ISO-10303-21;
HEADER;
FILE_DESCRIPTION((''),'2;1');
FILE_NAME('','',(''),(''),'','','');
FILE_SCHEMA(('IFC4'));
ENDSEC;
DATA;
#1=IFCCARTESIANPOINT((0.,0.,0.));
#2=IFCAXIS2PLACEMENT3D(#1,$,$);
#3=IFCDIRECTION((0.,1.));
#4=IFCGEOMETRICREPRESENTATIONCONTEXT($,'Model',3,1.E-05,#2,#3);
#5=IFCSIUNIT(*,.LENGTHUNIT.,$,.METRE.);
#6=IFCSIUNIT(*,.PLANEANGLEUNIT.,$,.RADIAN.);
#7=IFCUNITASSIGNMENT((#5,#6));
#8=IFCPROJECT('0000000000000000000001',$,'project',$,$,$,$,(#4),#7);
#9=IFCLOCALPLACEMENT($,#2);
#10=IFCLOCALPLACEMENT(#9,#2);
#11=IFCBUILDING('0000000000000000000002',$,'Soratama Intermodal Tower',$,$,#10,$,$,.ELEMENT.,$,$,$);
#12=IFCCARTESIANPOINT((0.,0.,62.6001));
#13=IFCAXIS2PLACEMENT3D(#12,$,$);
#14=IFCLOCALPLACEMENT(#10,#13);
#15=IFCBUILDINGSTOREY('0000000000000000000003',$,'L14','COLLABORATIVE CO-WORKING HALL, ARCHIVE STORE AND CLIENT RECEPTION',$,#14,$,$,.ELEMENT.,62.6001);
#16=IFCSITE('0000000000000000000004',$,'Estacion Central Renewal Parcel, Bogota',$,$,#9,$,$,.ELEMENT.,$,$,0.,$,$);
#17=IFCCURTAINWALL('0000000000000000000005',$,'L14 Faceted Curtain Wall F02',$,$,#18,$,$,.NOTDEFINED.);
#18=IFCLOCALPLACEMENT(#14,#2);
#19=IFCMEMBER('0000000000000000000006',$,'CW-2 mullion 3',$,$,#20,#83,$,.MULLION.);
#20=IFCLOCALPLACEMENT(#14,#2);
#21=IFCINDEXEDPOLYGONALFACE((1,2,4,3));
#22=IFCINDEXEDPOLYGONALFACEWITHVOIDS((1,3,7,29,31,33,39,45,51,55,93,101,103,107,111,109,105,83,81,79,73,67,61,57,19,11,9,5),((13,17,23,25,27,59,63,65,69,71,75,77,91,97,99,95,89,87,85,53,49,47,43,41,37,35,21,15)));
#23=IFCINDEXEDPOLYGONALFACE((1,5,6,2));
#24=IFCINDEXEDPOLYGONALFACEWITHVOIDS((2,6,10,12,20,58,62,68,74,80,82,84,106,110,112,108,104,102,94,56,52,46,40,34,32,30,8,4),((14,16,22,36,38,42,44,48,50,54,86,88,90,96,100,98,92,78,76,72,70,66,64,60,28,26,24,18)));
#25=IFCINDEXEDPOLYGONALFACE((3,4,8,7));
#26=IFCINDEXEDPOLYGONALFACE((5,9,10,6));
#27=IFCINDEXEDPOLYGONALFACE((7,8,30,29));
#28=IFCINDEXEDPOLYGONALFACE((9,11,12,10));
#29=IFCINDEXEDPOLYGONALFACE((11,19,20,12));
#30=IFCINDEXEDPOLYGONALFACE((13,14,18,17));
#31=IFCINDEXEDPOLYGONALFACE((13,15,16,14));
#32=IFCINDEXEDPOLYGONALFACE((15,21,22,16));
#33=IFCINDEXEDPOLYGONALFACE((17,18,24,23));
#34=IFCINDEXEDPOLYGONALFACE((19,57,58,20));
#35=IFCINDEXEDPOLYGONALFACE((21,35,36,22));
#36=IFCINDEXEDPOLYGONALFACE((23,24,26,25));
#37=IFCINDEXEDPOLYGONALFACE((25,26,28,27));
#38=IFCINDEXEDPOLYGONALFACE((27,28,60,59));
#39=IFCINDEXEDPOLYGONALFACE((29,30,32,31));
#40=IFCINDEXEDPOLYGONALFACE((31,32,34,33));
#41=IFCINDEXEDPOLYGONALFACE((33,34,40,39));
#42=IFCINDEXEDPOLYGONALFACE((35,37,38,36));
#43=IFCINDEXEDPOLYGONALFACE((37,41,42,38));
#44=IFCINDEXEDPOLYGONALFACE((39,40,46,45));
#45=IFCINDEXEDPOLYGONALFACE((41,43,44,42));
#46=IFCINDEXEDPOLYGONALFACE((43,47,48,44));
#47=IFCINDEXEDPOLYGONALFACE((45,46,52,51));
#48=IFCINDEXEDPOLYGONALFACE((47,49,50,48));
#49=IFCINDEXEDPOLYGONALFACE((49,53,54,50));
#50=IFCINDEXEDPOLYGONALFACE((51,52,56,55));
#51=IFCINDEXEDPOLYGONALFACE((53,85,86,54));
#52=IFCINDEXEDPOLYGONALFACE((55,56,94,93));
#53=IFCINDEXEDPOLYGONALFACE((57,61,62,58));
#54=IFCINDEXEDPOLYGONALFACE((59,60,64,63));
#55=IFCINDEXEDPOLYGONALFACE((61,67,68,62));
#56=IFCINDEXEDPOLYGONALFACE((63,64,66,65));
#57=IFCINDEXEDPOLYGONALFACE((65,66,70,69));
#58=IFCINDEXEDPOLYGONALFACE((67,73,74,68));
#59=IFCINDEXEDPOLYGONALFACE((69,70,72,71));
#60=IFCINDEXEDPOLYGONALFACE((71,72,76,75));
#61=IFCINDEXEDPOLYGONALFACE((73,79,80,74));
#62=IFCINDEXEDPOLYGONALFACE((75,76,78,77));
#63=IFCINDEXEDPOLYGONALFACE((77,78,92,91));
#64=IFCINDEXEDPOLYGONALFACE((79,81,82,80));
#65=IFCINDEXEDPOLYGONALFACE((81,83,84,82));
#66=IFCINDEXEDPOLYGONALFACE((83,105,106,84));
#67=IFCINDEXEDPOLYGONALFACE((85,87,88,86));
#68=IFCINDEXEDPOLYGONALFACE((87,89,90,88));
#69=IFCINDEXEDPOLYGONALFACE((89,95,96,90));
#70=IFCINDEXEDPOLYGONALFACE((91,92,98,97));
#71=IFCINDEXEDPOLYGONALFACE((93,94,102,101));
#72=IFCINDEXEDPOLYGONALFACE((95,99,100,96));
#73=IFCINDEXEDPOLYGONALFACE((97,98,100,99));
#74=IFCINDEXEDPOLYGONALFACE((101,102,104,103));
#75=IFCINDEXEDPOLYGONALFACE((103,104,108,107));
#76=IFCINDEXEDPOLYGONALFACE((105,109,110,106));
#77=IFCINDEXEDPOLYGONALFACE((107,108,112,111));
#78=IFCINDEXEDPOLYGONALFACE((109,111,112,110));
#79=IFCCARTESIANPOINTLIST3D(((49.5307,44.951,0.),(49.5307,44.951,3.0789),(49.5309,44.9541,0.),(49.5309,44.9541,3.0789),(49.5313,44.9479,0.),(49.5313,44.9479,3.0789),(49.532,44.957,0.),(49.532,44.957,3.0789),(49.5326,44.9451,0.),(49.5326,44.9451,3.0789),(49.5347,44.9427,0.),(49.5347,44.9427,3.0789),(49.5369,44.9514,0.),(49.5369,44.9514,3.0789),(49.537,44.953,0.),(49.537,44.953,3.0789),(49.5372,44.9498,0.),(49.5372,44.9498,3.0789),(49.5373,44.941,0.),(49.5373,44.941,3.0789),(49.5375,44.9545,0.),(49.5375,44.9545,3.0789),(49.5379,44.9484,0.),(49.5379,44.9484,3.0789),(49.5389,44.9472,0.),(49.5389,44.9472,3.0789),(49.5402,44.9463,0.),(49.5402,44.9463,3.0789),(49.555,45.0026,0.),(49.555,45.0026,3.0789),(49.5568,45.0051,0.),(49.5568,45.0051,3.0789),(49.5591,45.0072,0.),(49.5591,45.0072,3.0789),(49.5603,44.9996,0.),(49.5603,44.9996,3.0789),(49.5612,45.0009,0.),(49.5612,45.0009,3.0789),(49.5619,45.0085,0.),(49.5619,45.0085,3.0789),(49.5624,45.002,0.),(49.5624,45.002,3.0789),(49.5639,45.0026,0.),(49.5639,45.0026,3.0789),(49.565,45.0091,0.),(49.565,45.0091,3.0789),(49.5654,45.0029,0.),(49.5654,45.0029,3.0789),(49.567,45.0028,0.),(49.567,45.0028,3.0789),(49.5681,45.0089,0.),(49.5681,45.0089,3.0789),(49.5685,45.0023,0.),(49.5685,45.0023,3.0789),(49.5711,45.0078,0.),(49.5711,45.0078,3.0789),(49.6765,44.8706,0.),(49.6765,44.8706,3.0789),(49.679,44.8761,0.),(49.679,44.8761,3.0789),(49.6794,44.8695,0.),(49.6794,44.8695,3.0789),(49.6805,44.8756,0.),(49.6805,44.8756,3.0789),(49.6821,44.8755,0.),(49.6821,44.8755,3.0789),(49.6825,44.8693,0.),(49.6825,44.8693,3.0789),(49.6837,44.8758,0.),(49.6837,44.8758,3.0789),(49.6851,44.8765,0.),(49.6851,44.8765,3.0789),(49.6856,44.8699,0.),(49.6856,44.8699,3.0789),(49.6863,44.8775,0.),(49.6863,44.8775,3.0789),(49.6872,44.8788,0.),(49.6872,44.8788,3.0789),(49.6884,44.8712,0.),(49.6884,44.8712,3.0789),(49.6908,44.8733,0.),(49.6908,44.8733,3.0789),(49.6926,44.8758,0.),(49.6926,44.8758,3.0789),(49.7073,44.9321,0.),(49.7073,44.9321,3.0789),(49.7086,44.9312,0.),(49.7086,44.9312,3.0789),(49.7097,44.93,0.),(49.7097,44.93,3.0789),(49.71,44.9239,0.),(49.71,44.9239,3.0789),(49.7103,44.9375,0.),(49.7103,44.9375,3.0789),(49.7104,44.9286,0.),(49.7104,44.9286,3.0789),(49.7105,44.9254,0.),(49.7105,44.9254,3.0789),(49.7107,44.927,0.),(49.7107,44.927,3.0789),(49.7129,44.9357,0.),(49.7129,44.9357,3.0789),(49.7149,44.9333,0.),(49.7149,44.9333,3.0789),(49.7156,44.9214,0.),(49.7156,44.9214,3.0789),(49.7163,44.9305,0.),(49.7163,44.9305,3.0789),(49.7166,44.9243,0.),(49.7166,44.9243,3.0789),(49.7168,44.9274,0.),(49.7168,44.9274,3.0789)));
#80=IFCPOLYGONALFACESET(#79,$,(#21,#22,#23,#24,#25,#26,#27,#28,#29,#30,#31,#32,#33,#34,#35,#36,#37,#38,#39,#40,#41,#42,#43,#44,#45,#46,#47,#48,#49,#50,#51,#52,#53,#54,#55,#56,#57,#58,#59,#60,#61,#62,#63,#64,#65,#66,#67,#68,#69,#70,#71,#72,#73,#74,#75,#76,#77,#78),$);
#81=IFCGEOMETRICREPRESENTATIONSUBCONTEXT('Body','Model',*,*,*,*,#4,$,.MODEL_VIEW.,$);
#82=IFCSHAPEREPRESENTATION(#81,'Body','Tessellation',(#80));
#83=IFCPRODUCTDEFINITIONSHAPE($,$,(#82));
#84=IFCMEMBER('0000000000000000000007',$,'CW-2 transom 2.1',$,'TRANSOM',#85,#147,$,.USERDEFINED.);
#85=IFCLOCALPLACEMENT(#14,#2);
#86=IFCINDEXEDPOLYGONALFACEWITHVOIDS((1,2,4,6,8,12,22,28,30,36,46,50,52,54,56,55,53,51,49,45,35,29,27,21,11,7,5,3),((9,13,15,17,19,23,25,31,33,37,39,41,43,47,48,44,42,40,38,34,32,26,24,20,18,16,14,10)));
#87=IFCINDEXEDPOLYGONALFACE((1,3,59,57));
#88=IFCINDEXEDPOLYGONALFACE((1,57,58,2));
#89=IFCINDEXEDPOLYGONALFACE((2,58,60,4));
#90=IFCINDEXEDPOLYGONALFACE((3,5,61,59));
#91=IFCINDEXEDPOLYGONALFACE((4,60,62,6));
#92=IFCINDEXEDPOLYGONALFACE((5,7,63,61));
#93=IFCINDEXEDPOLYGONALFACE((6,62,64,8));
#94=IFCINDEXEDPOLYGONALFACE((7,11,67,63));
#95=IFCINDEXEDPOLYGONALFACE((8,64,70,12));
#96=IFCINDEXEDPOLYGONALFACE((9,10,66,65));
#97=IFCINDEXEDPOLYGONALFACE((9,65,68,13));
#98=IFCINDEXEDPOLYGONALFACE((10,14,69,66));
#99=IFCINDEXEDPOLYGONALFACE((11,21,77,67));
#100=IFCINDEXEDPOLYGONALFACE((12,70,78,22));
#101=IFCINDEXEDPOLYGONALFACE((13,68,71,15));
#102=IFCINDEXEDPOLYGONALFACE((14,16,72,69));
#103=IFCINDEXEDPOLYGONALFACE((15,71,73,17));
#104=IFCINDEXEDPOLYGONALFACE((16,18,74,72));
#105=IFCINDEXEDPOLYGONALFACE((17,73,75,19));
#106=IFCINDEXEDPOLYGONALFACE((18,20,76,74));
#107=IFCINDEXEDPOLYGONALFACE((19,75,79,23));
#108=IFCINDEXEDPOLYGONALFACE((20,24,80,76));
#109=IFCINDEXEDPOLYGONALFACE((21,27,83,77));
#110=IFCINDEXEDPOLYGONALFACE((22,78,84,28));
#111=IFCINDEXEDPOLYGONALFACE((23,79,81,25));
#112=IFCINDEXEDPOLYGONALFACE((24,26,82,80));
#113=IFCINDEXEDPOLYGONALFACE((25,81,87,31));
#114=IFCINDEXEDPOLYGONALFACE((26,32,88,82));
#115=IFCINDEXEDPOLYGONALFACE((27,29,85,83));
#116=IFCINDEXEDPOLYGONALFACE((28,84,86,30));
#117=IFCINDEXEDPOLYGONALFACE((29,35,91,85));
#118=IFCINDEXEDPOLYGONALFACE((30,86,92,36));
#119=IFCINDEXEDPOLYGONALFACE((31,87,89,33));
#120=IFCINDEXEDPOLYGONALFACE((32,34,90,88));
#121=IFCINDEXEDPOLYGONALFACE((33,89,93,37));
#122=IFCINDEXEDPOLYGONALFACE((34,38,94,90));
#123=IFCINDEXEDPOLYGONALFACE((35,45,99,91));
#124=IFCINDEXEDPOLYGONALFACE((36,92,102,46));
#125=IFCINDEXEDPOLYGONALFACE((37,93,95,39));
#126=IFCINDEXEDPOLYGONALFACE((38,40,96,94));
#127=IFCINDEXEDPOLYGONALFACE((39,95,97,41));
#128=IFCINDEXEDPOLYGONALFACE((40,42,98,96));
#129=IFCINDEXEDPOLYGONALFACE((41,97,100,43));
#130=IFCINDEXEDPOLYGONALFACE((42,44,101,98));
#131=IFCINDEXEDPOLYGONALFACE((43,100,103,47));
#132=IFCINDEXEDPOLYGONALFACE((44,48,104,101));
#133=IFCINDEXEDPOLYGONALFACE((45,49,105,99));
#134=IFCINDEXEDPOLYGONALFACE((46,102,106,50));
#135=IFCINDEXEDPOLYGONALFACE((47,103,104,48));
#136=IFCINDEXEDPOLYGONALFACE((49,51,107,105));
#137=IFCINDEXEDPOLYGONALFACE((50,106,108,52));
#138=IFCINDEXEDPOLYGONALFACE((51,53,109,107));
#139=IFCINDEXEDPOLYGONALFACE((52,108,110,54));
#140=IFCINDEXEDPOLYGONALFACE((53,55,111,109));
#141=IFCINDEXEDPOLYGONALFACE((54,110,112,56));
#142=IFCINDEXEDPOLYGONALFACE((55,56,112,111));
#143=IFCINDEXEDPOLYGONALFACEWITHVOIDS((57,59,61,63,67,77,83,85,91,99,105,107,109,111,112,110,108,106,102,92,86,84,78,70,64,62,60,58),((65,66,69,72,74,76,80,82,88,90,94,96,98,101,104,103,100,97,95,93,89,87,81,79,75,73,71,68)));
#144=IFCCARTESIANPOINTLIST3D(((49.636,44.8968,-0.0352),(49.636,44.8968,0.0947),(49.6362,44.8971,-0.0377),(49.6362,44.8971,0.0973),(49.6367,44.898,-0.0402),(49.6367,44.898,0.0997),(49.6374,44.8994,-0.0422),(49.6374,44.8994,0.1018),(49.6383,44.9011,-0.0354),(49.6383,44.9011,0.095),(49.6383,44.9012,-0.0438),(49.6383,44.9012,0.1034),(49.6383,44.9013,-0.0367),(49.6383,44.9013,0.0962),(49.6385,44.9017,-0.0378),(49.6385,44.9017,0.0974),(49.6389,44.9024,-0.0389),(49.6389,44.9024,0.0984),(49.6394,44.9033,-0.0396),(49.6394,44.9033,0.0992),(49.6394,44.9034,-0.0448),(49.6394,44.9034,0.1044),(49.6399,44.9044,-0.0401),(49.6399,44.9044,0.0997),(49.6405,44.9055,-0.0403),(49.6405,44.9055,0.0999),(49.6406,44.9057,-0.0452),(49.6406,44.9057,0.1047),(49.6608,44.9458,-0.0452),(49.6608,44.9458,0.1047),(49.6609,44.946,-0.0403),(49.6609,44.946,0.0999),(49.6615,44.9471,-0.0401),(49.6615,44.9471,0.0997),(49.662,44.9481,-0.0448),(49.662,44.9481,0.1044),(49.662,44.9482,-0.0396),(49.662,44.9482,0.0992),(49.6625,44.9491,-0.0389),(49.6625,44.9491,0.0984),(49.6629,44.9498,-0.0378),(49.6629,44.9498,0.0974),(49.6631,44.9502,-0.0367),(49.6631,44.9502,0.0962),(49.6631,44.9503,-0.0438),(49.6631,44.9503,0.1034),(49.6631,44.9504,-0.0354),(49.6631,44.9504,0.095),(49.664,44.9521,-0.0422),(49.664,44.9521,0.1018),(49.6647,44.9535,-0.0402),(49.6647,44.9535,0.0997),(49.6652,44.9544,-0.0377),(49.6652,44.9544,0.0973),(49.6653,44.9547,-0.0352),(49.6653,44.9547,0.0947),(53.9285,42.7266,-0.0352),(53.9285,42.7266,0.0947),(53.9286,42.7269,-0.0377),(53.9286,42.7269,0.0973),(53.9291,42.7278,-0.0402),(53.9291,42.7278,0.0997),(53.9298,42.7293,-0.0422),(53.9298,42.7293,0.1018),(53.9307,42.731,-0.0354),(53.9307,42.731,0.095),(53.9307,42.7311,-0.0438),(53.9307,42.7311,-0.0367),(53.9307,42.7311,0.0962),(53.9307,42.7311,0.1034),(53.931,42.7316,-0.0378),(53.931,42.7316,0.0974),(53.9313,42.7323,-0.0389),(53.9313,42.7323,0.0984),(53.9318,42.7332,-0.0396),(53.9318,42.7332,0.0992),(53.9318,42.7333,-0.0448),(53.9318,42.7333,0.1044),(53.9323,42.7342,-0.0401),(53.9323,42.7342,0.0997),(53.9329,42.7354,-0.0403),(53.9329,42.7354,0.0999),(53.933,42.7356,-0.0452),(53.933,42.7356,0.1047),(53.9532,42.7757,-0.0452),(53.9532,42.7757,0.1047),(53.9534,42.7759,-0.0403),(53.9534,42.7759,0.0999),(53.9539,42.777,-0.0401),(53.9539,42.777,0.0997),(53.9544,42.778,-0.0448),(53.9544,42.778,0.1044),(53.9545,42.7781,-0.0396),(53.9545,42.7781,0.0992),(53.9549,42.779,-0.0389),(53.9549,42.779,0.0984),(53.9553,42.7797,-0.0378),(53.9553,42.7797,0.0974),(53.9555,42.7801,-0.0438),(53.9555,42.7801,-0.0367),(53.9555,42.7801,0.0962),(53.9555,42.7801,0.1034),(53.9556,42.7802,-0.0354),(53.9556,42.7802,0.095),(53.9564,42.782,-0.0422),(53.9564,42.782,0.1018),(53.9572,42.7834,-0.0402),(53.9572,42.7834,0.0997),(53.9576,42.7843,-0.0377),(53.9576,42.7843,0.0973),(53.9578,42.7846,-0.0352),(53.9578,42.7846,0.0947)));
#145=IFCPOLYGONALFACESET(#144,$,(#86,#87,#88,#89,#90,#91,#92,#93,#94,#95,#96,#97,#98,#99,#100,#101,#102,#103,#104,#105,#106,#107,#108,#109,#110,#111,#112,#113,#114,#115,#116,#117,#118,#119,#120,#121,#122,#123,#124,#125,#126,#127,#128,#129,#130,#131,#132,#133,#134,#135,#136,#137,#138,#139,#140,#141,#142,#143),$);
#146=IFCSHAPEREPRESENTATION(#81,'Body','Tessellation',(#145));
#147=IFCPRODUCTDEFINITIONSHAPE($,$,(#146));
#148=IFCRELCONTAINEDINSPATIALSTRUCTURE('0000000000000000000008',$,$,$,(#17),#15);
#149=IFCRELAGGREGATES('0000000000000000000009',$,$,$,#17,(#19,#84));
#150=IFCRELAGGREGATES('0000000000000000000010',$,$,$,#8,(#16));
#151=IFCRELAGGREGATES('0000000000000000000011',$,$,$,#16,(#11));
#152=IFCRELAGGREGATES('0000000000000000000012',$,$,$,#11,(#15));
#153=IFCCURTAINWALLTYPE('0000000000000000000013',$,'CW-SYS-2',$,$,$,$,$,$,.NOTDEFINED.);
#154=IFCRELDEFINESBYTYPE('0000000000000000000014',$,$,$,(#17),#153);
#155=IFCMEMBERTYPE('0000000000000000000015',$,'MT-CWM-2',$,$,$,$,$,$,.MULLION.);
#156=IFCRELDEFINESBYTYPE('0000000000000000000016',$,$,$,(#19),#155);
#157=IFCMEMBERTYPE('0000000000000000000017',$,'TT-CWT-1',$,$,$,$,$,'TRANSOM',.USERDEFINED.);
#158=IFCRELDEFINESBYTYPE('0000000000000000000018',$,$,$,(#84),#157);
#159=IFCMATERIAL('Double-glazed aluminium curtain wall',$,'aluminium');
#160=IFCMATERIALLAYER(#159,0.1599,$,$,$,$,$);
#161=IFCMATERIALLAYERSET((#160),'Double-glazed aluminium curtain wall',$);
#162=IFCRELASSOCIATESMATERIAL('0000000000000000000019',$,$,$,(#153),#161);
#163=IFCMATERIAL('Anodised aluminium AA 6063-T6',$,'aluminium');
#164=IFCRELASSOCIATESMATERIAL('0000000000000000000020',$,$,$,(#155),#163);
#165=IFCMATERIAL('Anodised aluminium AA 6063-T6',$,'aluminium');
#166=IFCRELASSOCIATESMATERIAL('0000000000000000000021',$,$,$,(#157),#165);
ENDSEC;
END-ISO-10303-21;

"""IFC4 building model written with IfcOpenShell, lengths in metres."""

from ifc_helpers import new_model, si_unit, direction, frame, origin, origin_2d, place, context, subcontext, project, spatial, hollow_rectangle, extrude, material, layer, layer_set, material_profile, profile_set, type_object, element, aggregate, save


model = new_model("IFC4")

# Units and contexts
model_context = context("Model", 3, precision=1e-05, world=origin(), true_north=direction((0.0, 1.0)))
body_context = subcontext(model_context, "Body", "Model", "MODEL_VIEW")
ifc_project = project(units=[si_unit("LENGTHUNIT", "METRE"), si_unit("PLANEANGLEUNIT", "RADIAN")], contexts=[model_context])

# Site, building, storey
site_placement = place(None, origin())
site = spatial("IfcSite", under=ifc_project, at=site_placement, Name="Estacion Central Renewal Parcel, Bogota", CompositionType="ELEMENT", RefElevation=0.0)
building_placement = place(site_placement, origin())
building = spatial("IfcBuilding", under=site, at=building_placement, Name="Soratama Intermodal Tower", CompositionType="ELEMENT")
storey_placement = place(building_placement, frame((0.0, 0.0, 62.6001)))
storey = spatial("IfcBuildingStorey", under=building, at=storey_placement, Name="L14", Description="COLLABORATIVE CO-WORKING HALL, ARCHIVE STORE AND CLIENT RECEPTION", CompositionType="ELEMENT", Elevation=62.6001)

# Curtain wall, members
ifc_material_1 = material(Name="Double-glazed aluminium curtain wall", Category="aluminium")
ifc_layer_1 = layer(ifc_material_1, 0.1599)
ifc_layer_set_1 = layer_set([ifc_layer_1], Name="Double-glazed aluminium curtain wall")
curtain_wall_type = type_object("IfcCurtainWallType", Name="CW-SYS-2", PredefinedType="NOTDEFINED", material=ifc_layer_set_1)
curtain_wall_placement = place(storey_placement, origin())
curtain_wall = element("IfcCurtainWall", 1, at=curtain_wall_placement, inside=storey, type_object=curtain_wall_type, Name="L14 Faceted Curtain Wall F02", PredefinedType="NOTDEFINED")
ifc_material_2 = material(Name="Anodised aluminium AA 6063-T6", Category="aluminium")
ifc_material_profile_1 = material_profile(ifc_material_2, hollow_rectangle(XDim=0.075, YDim=0.1799, WallThickness=0.0061, InnerFilletRadius=0.0061, OuterFilletRadius=0.012, at=origin_2d()), Name="CWM180X75X6")
ifc_profile_set_1 = profile_set([ifc_material_profile_1], Name="Anodised aluminium AA 6063-T6")
member_type_1 = type_object("IfcMemberType", Name="MT-CWM-2", PredefinedType="MULLION", material=ifc_profile_set_1)
member_1_placement = place(storey_placement, frame((49.6238, 44.9392, 0.0), z_axis=(0.0, 0.0, 1.0), x_axis=(-0.451185, -0.892431, 0.0)))
member_1 = element("IfcMember", 2, at=member_1_placement, type_object=member_type_1, Name="CW-2 mullion 3", PredefinedType="MULLION", context=body_context, shape_type="SweptSolid", body=[
    extrude(hollow_rectangle(XDim=0.075, YDim=0.1799, WallThickness=0.0061, InnerFilletRadius=0.0061, OuterFilletRadius=0.012, at=origin_2d()), origin(), (0.0, 0.0, 1.0), 3.0789),
])
ifc_material_3 = material(Name="Anodised aluminium AA 6063-T6", Category="aluminium")
ifc_material_profile_2 = material_profile(ifc_material_3, hollow_rectangle(XDim=0.0649, YDim=0.1499, WallThickness=0.0049, InnerFilletRadius=0.0049, OuterFilletRadius=0.01, at=origin_2d()), Name="CWT150X65X5")
ifc_profile_set_2 = profile_set([ifc_material_profile_2], Name="Anodised aluminium AA 6063-T6")
member_type_2 = type_object("IfcMemberType", Name="TT-CWT-1", ElementType="TRANSOM", PredefinedType="USERDEFINED", material=ifc_profile_set_2)
member_2_placement = place(storey_placement, frame((53.9431, 42.7556, 0.0298), z_axis=(-0.892429, 0.451189, 0.0), x_axis=(-0.451189, -0.892429, 0.0)))
member_2 = element("IfcMember", 3, at=member_2_placement, type_object=member_type_2, Name="CW-2 transom 2.1", ObjectType="TRANSOM", PredefinedType="USERDEFINED", context=body_context, shape_type="SweptSolid", body=[
    extrude(hollow_rectangle(XDim=0.0649, YDim=0.1499, WallThickness=0.0049, InnerFilletRadius=0.0049, OuterFilletRadius=0.01, at=origin_2d()), origin(), (0.0, 0.0, 1.0), 4.8098),
])
aggregate(curtain_wall, [member_1, member_2])

save(model, "model.ifc")
